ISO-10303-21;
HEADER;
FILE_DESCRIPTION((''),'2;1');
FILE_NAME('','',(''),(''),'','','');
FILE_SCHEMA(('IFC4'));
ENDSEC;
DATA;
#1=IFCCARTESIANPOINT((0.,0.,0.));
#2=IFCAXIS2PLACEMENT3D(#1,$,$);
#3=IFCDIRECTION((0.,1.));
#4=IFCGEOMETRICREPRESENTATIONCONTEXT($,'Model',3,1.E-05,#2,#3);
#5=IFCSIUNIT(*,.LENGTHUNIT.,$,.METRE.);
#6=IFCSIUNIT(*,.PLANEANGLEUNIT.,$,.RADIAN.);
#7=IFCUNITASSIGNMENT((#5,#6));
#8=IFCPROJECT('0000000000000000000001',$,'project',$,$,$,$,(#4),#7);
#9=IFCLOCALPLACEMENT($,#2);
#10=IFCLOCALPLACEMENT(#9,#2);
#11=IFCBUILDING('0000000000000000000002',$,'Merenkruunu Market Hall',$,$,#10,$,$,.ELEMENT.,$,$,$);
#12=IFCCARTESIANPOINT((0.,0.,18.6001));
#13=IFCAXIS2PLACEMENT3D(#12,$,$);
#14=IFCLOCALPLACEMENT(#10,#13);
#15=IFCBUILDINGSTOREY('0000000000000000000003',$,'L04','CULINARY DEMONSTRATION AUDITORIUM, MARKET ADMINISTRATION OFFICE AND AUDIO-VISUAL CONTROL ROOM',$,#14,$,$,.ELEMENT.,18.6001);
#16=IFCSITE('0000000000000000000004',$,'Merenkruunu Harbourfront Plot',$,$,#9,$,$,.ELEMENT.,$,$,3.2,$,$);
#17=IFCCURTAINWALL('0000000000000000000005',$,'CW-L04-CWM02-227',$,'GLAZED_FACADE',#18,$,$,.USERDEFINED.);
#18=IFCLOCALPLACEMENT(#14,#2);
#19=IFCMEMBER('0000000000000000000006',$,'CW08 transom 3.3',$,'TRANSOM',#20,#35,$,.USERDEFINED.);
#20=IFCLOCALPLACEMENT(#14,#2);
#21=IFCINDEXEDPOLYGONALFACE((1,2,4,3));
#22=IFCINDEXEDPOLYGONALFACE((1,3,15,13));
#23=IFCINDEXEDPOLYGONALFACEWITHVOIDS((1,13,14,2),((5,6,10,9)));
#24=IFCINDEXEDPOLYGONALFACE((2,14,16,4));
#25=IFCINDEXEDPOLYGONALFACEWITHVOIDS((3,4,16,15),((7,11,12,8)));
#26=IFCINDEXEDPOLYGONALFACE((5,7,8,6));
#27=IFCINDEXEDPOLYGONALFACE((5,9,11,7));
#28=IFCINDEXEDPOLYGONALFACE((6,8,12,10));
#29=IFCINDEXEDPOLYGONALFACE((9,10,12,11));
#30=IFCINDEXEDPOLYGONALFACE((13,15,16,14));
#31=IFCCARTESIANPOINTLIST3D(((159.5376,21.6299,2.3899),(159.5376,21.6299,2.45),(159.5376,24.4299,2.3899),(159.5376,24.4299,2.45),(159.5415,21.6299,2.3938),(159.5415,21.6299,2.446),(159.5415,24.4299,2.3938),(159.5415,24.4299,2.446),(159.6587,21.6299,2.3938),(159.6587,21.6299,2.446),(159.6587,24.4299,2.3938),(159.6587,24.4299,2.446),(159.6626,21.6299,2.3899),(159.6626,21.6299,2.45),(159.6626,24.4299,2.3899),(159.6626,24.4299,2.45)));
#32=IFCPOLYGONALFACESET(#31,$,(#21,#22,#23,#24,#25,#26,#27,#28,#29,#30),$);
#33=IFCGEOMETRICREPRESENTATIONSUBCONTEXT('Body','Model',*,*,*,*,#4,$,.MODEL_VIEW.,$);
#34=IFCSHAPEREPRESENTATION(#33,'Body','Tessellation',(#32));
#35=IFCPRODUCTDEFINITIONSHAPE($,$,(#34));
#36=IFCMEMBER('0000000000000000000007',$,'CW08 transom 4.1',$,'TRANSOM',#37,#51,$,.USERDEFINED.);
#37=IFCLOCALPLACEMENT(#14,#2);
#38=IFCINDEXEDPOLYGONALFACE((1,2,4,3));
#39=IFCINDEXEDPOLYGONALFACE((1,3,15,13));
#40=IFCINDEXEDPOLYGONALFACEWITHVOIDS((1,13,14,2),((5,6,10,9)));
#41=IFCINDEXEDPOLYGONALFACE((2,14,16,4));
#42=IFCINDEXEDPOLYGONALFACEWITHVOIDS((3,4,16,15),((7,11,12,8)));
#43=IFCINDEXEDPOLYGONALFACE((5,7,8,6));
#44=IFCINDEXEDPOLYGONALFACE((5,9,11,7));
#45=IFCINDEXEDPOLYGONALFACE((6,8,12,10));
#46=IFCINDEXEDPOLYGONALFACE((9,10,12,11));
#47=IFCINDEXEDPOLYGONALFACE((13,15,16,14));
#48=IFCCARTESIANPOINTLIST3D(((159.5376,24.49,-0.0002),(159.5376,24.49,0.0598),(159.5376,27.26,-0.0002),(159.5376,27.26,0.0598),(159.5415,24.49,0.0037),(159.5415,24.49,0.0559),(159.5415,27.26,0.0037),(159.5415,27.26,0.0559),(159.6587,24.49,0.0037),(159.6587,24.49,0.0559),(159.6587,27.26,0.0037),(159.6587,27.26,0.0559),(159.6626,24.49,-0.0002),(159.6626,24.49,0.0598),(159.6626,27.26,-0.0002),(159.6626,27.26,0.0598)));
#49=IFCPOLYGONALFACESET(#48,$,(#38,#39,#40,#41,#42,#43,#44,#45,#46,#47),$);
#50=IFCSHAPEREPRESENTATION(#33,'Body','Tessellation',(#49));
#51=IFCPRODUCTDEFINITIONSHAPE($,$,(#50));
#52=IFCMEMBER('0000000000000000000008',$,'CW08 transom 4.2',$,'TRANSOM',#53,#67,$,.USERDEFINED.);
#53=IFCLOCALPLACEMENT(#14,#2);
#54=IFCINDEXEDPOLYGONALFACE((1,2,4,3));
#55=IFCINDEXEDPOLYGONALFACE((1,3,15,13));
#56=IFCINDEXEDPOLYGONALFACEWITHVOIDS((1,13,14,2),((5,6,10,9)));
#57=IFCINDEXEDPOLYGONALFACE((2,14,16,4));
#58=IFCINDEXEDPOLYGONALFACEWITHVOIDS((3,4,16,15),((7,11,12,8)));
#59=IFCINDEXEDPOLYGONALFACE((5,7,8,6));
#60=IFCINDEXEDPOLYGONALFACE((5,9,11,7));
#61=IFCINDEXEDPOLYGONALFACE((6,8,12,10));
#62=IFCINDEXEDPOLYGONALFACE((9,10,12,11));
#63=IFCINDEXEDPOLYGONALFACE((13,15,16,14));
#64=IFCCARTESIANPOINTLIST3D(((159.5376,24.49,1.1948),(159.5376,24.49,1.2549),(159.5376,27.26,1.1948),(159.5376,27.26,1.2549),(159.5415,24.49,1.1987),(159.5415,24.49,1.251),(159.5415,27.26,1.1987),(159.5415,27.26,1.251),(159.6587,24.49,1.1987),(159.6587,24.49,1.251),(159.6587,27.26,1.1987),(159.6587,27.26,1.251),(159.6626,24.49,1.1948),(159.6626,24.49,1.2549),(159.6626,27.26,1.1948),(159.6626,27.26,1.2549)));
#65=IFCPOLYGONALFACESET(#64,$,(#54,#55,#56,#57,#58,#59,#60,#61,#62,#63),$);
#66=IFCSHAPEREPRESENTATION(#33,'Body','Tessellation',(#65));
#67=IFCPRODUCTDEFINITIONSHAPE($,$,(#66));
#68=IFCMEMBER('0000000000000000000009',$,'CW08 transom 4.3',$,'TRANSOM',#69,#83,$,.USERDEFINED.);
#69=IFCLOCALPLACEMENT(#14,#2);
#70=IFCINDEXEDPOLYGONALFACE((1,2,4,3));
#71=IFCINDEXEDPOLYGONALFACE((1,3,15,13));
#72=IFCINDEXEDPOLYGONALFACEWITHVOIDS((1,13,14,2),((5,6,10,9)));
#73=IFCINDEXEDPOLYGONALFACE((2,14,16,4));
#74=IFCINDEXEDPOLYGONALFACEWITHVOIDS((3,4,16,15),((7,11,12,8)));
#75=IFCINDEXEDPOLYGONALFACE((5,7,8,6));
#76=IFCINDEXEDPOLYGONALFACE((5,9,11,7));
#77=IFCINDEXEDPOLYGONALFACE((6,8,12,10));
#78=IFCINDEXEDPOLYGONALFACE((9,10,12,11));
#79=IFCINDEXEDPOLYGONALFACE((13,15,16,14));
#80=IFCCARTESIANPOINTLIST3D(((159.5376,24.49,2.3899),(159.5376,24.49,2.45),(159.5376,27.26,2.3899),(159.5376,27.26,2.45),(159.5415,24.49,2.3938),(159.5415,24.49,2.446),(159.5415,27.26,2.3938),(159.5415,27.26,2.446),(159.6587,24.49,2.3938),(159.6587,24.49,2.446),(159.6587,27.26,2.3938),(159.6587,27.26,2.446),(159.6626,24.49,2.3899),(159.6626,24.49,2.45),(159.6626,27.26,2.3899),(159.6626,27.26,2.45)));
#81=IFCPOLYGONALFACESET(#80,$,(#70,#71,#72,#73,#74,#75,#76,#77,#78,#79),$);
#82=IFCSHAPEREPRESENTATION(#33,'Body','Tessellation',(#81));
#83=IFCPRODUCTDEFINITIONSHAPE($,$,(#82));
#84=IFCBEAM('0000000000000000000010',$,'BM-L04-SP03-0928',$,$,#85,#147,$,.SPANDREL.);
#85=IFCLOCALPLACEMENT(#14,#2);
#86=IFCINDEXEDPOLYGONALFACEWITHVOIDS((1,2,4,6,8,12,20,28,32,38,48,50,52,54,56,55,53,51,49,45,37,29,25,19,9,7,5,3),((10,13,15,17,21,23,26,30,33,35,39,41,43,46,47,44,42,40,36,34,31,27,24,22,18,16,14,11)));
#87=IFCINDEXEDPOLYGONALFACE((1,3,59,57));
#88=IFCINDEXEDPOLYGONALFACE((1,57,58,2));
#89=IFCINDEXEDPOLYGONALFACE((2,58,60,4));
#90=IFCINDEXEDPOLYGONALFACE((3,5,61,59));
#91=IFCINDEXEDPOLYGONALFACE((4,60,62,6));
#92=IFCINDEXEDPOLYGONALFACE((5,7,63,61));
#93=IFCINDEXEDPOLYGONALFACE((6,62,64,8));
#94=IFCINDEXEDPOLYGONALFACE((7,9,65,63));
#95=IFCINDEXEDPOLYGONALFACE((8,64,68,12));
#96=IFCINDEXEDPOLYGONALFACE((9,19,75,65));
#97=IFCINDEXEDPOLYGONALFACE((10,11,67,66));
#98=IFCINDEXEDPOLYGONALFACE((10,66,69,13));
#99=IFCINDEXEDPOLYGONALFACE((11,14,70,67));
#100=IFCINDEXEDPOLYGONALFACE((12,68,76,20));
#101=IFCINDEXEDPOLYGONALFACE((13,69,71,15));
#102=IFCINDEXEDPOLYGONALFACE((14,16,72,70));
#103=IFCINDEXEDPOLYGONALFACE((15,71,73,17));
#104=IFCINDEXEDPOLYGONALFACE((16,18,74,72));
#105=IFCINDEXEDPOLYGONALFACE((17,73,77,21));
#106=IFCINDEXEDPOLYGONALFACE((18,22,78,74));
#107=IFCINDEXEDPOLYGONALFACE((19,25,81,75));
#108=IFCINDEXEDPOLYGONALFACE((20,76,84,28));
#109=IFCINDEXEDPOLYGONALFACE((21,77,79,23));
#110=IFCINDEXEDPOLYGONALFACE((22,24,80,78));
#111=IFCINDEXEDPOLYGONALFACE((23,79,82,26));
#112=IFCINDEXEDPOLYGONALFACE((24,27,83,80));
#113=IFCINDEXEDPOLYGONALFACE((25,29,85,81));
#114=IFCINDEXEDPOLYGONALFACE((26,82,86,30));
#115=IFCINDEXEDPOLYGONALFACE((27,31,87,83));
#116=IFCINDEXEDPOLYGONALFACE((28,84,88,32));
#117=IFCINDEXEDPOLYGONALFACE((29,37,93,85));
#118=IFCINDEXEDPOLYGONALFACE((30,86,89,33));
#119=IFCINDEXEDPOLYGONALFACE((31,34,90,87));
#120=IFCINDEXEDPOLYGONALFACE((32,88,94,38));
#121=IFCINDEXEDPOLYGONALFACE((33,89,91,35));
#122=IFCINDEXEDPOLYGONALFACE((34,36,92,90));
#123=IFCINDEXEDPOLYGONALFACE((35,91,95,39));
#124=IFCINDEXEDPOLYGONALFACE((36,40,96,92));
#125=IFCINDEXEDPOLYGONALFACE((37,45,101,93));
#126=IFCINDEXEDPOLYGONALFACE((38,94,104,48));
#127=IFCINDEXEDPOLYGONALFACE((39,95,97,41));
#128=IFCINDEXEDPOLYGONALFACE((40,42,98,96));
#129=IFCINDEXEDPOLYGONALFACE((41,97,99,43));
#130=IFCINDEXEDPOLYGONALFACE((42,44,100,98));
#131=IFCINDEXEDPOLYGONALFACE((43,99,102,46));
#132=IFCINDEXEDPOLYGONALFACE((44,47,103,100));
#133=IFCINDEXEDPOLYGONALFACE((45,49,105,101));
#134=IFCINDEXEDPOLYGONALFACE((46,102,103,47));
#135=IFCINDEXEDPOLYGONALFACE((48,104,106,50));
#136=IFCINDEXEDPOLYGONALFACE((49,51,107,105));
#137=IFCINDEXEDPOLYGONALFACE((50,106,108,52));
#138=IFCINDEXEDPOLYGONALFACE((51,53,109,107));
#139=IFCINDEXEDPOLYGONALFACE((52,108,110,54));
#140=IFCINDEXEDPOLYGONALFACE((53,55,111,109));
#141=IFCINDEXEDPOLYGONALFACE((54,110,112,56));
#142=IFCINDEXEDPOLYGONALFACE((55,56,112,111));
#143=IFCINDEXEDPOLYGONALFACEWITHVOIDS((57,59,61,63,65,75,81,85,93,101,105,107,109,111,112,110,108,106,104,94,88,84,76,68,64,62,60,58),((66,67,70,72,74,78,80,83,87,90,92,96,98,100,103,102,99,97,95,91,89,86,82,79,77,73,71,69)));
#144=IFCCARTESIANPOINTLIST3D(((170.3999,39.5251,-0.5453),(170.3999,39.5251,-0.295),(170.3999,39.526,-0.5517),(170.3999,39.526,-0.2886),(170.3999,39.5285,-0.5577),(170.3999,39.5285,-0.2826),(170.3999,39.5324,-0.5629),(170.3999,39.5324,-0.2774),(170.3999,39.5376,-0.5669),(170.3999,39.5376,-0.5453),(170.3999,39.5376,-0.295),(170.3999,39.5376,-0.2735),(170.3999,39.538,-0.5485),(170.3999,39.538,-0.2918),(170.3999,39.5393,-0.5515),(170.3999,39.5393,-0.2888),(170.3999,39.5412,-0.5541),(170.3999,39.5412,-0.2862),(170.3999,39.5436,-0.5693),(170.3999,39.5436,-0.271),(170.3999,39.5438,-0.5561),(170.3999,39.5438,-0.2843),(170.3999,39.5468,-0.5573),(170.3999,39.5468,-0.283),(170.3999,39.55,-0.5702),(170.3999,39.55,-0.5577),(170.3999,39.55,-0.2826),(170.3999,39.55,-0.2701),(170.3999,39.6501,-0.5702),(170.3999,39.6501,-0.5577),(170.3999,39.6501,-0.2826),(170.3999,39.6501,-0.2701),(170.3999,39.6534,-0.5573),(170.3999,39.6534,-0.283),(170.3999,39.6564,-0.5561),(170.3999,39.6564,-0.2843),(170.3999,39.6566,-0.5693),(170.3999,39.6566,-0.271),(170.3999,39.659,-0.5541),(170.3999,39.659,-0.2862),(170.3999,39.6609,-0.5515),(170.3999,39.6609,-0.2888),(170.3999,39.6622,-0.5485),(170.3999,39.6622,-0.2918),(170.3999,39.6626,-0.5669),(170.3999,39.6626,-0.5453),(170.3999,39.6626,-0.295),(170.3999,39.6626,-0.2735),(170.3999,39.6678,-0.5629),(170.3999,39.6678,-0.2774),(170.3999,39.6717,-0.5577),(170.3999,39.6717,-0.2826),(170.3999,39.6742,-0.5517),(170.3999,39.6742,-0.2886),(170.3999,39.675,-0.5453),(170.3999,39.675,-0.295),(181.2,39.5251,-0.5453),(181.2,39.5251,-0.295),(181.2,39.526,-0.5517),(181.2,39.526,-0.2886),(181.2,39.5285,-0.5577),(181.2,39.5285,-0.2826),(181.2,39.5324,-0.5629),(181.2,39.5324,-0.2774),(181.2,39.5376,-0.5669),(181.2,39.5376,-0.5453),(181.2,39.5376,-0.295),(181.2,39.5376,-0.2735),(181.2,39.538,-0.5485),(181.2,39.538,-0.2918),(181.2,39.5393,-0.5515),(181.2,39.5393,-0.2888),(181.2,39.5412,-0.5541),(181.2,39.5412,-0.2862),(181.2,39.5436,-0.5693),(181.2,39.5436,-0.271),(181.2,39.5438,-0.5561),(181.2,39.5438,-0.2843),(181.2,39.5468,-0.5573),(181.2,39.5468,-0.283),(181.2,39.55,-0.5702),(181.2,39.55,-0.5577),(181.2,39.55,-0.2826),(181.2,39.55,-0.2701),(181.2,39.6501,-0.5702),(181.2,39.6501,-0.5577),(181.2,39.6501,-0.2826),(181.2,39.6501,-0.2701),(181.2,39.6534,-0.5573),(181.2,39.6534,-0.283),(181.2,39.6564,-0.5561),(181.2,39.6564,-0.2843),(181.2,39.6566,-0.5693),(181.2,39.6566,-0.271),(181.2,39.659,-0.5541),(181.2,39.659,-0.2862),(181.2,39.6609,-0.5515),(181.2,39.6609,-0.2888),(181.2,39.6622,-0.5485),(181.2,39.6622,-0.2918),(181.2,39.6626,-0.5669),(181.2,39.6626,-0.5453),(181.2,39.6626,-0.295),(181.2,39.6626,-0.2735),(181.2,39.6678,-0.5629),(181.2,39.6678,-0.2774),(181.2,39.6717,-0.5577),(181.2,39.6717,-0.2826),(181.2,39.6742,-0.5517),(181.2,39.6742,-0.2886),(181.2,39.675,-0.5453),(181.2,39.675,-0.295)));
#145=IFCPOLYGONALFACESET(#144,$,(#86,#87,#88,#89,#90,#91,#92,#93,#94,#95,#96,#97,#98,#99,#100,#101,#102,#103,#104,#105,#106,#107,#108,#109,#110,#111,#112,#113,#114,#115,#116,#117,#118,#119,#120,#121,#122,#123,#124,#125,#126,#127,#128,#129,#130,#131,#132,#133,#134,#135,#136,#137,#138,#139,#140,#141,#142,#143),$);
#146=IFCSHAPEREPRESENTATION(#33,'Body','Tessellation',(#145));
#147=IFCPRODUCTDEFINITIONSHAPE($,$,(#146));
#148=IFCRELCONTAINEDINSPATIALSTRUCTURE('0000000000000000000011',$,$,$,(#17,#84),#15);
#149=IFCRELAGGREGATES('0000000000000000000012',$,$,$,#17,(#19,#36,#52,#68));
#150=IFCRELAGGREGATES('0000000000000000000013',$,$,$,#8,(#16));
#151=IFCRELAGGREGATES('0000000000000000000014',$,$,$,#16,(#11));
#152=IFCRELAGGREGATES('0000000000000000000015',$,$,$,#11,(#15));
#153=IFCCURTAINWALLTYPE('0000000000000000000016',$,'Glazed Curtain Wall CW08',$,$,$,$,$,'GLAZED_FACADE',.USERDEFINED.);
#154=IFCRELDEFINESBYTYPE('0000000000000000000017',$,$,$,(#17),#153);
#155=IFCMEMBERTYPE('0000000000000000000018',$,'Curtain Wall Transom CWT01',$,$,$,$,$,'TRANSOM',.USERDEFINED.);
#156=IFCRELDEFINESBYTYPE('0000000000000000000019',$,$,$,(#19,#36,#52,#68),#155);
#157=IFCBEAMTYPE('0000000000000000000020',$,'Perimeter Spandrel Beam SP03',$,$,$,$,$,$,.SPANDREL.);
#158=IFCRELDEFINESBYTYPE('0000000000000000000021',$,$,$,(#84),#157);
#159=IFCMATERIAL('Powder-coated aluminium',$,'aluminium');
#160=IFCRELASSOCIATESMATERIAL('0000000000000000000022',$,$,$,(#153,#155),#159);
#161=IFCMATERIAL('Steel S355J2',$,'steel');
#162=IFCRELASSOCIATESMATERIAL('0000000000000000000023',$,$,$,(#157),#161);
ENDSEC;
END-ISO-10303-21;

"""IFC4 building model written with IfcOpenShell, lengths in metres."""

from ifc_helpers import new_model, si_unit, direction, frame, origin, origin_2d, place, context, subcontext, project, spatial, hollow_rectangle, extrude, material, material_profile, profile_set, type_object, element, aggregate, save


model = new_model("IFC4")

# Units and contexts
model_context = context("Model", 3, precision=1e-05, world=origin(), true_north=direction((0.0, 1.0)))
body_context = subcontext(model_context, "Body", "Model", "MODEL_VIEW")
ifc_project = project(units=[si_unit("LENGTHUNIT", "METRE"), si_unit("PLANEANGLEUNIT", "RADIAN")], contexts=[model_context])

# Site, building, storey
site_placement = place(None, origin())
site = spatial("IfcSite", under=ifc_project, at=site_placement, Name="Merenkruunu Harbourfront Plot", CompositionType="ELEMENT", RefElevation=3.2)
building_placement = place(site_placement, origin())
building = spatial("IfcBuilding", under=site, at=building_placement, Name="Merenkruunu Market Hall", CompositionType="ELEMENT")
storey_placement = place(building_placement, frame((0.0, 0.0, 18.6001)))
storey = spatial("IfcBuildingStorey", under=building, at=storey_placement, Name="L04", Description="CULINARY DEMONSTRATION AUDITORIUM, MARKET ADMINISTRATION OFFICE AND AUDIO-VISUAL CONTROL ROOM", CompositionType="ELEMENT", Elevation=18.6001)

# Shared definitions
ifc_material_1 = material(Name="Steel S355J2", Category="steel")

# Curtain wall, members
ifc_material_2 = material(Name="Powder-coated aluminium", Category="aluminium")
curtain_wall_type = type_object("IfcCurtainWallType", Name="Glazed Curtain Wall CW08", ElementType="GLAZED_FACADE", PredefinedType="USERDEFINED", material=ifc_material_2)
curtain_wall_placement = place(storey_placement, origin())
curtain_wall = element("IfcCurtainWall", 1, at=curtain_wall_placement, inside=storey, type_object=curtain_wall_type, Name="CW-L04-CWM02-227", ObjectType="GLAZED_FACADE", PredefinedType="USERDEFINED")
ifc_material_profile_1 = material_profile(ifc_material_2, hollow_rectangle(XDim=0.0601, YDim=0.125, WallThickness=0.0039, at=origin_2d()), Name="ALU 60x125x4")
ifc_profile_set_1 = profile_set([ifc_material_profile_1], Name="Powder-coated aluminium")
member_type_1 = type_object("IfcMemberType", Name="Curtain Wall Transom CWT01", ElementType="TRANSOM", PredefinedType="USERDEFINED", material=ifc_profile_set_1)
member_1_placement = place(storey_placement, frame((159.6001, 21.6299, 2.4199), z_axis=(0.0, 1.0, 0.0), x_axis=(0.0, 0.0, 1.0)))
member_1 = element("IfcMember", 2, at=member_1_placement, type_object=member_type_1, Name="CW08 transom 3.3", ObjectType="TRANSOM", PredefinedType="USERDEFINED", context=body_context, shape_type="SweptSolid", body=[
    extrude(hollow_rectangle(XDim=0.0601, YDim=0.125, WallThickness=0.0039, at=origin_2d()), origin(), (0.0, 0.0, 1.0), 2.8),
])
member_2_placement = place(storey_placement, frame((159.6001, 24.49, 0.0298), z_axis=(0.0, 1.0, 0.0), x_axis=(0.0, 0.0, 1.0)))
member_2 = element("IfcMember", 3, at=member_2_placement, type_object=member_type_1, Name="CW08 transom 4.1", ObjectType="TRANSOM", PredefinedType="USERDEFINED", context=body_context, shape_type="SweptSolid", body=[
    extrude(hollow_rectangle(XDim=0.0601, YDim=0.125, WallThickness=0.0039, at=origin_2d()), origin(), (0.0, 0.0, 1.0), 2.77),
])
member_3_placement = place(storey_placement, frame((159.6001, 24.49, 1.2249), z_axis=(0.0, 1.0, 0.0), x_axis=(0.0, 0.0, 1.0)))
member_3 = element("IfcMember", 4, at=member_3_placement, type_object=member_type_1, Name="CW08 transom 4.2", ObjectType="TRANSOM", PredefinedType="USERDEFINED", context=body_context, shape_type="SweptSolid", body=[
    extrude(hollow_rectangle(XDim=0.0601, YDim=0.125, WallThickness=0.0039, at=origin_2d()), origin(), (0.0, 0.0, 1.0), 2.77),
])
member_4_placement = place(storey_placement, frame((159.6001, 24.49, 2.4199), z_axis=(0.0, 1.0, 0.0), x_axis=(0.0, 0.0, 1.0)))
member_4 = element("IfcMember", 5, at=member_4_placement, type_object=member_type_1, Name="CW08 transom 4.3", ObjectType="TRANSOM", PredefinedType="USERDEFINED", context=body_context, shape_type="SweptSolid", body=[
    extrude(hollow_rectangle(XDim=0.0601, YDim=0.125, WallThickness=0.0039, at=origin_2d()), origin(), (0.0, 0.0, 1.0), 2.77),
])

# Beam
ifc_material_profile_2 = material_profile(ifc_material_1, hollow_rectangle(XDim=0.1499, YDim=0.3, WallThickness=0.0125, InnerFilletRadius=0.0125, OuterFilletRadius=0.0249, at=origin_2d()), Name="RHS 300x150x12.5")
ifc_profile_set_2 = profile_set([ifc_material_profile_2], Name="Steel S355J2")
beam_type_1 = type_object("IfcBeamType", Name="Perimeter Spandrel Beam SP03", PredefinedType="SPANDREL", material=ifc_profile_set_2)
beam_1_placement = place(storey_placement, frame((170.3999, 39.6001, -0.4202), z_axis=(1.0, 0.0, 0.0), x_axis=(0.0, 1.0, 0.0)))
element("IfcBeam", 6, at=beam_1_placement, inside=storey, type_object=beam_type_1, Name="BM-L04-SP03-0928", PredefinedType="SPANDREL", context=body_context, shape_type="SweptSolid", body=[
    extrude(hollow_rectangle(XDim=0.1499, YDim=0.3, WallThickness=0.0125, InnerFilletRadius=0.0125, OuterFilletRadius=0.0249, at=origin_2d()), origin(), (0.0, 0.0, 1.0), 10.8),
])

aggregate(curtain_wall, [member_1, member_2, member_3, member_4])

save(model, "model.ifc")
